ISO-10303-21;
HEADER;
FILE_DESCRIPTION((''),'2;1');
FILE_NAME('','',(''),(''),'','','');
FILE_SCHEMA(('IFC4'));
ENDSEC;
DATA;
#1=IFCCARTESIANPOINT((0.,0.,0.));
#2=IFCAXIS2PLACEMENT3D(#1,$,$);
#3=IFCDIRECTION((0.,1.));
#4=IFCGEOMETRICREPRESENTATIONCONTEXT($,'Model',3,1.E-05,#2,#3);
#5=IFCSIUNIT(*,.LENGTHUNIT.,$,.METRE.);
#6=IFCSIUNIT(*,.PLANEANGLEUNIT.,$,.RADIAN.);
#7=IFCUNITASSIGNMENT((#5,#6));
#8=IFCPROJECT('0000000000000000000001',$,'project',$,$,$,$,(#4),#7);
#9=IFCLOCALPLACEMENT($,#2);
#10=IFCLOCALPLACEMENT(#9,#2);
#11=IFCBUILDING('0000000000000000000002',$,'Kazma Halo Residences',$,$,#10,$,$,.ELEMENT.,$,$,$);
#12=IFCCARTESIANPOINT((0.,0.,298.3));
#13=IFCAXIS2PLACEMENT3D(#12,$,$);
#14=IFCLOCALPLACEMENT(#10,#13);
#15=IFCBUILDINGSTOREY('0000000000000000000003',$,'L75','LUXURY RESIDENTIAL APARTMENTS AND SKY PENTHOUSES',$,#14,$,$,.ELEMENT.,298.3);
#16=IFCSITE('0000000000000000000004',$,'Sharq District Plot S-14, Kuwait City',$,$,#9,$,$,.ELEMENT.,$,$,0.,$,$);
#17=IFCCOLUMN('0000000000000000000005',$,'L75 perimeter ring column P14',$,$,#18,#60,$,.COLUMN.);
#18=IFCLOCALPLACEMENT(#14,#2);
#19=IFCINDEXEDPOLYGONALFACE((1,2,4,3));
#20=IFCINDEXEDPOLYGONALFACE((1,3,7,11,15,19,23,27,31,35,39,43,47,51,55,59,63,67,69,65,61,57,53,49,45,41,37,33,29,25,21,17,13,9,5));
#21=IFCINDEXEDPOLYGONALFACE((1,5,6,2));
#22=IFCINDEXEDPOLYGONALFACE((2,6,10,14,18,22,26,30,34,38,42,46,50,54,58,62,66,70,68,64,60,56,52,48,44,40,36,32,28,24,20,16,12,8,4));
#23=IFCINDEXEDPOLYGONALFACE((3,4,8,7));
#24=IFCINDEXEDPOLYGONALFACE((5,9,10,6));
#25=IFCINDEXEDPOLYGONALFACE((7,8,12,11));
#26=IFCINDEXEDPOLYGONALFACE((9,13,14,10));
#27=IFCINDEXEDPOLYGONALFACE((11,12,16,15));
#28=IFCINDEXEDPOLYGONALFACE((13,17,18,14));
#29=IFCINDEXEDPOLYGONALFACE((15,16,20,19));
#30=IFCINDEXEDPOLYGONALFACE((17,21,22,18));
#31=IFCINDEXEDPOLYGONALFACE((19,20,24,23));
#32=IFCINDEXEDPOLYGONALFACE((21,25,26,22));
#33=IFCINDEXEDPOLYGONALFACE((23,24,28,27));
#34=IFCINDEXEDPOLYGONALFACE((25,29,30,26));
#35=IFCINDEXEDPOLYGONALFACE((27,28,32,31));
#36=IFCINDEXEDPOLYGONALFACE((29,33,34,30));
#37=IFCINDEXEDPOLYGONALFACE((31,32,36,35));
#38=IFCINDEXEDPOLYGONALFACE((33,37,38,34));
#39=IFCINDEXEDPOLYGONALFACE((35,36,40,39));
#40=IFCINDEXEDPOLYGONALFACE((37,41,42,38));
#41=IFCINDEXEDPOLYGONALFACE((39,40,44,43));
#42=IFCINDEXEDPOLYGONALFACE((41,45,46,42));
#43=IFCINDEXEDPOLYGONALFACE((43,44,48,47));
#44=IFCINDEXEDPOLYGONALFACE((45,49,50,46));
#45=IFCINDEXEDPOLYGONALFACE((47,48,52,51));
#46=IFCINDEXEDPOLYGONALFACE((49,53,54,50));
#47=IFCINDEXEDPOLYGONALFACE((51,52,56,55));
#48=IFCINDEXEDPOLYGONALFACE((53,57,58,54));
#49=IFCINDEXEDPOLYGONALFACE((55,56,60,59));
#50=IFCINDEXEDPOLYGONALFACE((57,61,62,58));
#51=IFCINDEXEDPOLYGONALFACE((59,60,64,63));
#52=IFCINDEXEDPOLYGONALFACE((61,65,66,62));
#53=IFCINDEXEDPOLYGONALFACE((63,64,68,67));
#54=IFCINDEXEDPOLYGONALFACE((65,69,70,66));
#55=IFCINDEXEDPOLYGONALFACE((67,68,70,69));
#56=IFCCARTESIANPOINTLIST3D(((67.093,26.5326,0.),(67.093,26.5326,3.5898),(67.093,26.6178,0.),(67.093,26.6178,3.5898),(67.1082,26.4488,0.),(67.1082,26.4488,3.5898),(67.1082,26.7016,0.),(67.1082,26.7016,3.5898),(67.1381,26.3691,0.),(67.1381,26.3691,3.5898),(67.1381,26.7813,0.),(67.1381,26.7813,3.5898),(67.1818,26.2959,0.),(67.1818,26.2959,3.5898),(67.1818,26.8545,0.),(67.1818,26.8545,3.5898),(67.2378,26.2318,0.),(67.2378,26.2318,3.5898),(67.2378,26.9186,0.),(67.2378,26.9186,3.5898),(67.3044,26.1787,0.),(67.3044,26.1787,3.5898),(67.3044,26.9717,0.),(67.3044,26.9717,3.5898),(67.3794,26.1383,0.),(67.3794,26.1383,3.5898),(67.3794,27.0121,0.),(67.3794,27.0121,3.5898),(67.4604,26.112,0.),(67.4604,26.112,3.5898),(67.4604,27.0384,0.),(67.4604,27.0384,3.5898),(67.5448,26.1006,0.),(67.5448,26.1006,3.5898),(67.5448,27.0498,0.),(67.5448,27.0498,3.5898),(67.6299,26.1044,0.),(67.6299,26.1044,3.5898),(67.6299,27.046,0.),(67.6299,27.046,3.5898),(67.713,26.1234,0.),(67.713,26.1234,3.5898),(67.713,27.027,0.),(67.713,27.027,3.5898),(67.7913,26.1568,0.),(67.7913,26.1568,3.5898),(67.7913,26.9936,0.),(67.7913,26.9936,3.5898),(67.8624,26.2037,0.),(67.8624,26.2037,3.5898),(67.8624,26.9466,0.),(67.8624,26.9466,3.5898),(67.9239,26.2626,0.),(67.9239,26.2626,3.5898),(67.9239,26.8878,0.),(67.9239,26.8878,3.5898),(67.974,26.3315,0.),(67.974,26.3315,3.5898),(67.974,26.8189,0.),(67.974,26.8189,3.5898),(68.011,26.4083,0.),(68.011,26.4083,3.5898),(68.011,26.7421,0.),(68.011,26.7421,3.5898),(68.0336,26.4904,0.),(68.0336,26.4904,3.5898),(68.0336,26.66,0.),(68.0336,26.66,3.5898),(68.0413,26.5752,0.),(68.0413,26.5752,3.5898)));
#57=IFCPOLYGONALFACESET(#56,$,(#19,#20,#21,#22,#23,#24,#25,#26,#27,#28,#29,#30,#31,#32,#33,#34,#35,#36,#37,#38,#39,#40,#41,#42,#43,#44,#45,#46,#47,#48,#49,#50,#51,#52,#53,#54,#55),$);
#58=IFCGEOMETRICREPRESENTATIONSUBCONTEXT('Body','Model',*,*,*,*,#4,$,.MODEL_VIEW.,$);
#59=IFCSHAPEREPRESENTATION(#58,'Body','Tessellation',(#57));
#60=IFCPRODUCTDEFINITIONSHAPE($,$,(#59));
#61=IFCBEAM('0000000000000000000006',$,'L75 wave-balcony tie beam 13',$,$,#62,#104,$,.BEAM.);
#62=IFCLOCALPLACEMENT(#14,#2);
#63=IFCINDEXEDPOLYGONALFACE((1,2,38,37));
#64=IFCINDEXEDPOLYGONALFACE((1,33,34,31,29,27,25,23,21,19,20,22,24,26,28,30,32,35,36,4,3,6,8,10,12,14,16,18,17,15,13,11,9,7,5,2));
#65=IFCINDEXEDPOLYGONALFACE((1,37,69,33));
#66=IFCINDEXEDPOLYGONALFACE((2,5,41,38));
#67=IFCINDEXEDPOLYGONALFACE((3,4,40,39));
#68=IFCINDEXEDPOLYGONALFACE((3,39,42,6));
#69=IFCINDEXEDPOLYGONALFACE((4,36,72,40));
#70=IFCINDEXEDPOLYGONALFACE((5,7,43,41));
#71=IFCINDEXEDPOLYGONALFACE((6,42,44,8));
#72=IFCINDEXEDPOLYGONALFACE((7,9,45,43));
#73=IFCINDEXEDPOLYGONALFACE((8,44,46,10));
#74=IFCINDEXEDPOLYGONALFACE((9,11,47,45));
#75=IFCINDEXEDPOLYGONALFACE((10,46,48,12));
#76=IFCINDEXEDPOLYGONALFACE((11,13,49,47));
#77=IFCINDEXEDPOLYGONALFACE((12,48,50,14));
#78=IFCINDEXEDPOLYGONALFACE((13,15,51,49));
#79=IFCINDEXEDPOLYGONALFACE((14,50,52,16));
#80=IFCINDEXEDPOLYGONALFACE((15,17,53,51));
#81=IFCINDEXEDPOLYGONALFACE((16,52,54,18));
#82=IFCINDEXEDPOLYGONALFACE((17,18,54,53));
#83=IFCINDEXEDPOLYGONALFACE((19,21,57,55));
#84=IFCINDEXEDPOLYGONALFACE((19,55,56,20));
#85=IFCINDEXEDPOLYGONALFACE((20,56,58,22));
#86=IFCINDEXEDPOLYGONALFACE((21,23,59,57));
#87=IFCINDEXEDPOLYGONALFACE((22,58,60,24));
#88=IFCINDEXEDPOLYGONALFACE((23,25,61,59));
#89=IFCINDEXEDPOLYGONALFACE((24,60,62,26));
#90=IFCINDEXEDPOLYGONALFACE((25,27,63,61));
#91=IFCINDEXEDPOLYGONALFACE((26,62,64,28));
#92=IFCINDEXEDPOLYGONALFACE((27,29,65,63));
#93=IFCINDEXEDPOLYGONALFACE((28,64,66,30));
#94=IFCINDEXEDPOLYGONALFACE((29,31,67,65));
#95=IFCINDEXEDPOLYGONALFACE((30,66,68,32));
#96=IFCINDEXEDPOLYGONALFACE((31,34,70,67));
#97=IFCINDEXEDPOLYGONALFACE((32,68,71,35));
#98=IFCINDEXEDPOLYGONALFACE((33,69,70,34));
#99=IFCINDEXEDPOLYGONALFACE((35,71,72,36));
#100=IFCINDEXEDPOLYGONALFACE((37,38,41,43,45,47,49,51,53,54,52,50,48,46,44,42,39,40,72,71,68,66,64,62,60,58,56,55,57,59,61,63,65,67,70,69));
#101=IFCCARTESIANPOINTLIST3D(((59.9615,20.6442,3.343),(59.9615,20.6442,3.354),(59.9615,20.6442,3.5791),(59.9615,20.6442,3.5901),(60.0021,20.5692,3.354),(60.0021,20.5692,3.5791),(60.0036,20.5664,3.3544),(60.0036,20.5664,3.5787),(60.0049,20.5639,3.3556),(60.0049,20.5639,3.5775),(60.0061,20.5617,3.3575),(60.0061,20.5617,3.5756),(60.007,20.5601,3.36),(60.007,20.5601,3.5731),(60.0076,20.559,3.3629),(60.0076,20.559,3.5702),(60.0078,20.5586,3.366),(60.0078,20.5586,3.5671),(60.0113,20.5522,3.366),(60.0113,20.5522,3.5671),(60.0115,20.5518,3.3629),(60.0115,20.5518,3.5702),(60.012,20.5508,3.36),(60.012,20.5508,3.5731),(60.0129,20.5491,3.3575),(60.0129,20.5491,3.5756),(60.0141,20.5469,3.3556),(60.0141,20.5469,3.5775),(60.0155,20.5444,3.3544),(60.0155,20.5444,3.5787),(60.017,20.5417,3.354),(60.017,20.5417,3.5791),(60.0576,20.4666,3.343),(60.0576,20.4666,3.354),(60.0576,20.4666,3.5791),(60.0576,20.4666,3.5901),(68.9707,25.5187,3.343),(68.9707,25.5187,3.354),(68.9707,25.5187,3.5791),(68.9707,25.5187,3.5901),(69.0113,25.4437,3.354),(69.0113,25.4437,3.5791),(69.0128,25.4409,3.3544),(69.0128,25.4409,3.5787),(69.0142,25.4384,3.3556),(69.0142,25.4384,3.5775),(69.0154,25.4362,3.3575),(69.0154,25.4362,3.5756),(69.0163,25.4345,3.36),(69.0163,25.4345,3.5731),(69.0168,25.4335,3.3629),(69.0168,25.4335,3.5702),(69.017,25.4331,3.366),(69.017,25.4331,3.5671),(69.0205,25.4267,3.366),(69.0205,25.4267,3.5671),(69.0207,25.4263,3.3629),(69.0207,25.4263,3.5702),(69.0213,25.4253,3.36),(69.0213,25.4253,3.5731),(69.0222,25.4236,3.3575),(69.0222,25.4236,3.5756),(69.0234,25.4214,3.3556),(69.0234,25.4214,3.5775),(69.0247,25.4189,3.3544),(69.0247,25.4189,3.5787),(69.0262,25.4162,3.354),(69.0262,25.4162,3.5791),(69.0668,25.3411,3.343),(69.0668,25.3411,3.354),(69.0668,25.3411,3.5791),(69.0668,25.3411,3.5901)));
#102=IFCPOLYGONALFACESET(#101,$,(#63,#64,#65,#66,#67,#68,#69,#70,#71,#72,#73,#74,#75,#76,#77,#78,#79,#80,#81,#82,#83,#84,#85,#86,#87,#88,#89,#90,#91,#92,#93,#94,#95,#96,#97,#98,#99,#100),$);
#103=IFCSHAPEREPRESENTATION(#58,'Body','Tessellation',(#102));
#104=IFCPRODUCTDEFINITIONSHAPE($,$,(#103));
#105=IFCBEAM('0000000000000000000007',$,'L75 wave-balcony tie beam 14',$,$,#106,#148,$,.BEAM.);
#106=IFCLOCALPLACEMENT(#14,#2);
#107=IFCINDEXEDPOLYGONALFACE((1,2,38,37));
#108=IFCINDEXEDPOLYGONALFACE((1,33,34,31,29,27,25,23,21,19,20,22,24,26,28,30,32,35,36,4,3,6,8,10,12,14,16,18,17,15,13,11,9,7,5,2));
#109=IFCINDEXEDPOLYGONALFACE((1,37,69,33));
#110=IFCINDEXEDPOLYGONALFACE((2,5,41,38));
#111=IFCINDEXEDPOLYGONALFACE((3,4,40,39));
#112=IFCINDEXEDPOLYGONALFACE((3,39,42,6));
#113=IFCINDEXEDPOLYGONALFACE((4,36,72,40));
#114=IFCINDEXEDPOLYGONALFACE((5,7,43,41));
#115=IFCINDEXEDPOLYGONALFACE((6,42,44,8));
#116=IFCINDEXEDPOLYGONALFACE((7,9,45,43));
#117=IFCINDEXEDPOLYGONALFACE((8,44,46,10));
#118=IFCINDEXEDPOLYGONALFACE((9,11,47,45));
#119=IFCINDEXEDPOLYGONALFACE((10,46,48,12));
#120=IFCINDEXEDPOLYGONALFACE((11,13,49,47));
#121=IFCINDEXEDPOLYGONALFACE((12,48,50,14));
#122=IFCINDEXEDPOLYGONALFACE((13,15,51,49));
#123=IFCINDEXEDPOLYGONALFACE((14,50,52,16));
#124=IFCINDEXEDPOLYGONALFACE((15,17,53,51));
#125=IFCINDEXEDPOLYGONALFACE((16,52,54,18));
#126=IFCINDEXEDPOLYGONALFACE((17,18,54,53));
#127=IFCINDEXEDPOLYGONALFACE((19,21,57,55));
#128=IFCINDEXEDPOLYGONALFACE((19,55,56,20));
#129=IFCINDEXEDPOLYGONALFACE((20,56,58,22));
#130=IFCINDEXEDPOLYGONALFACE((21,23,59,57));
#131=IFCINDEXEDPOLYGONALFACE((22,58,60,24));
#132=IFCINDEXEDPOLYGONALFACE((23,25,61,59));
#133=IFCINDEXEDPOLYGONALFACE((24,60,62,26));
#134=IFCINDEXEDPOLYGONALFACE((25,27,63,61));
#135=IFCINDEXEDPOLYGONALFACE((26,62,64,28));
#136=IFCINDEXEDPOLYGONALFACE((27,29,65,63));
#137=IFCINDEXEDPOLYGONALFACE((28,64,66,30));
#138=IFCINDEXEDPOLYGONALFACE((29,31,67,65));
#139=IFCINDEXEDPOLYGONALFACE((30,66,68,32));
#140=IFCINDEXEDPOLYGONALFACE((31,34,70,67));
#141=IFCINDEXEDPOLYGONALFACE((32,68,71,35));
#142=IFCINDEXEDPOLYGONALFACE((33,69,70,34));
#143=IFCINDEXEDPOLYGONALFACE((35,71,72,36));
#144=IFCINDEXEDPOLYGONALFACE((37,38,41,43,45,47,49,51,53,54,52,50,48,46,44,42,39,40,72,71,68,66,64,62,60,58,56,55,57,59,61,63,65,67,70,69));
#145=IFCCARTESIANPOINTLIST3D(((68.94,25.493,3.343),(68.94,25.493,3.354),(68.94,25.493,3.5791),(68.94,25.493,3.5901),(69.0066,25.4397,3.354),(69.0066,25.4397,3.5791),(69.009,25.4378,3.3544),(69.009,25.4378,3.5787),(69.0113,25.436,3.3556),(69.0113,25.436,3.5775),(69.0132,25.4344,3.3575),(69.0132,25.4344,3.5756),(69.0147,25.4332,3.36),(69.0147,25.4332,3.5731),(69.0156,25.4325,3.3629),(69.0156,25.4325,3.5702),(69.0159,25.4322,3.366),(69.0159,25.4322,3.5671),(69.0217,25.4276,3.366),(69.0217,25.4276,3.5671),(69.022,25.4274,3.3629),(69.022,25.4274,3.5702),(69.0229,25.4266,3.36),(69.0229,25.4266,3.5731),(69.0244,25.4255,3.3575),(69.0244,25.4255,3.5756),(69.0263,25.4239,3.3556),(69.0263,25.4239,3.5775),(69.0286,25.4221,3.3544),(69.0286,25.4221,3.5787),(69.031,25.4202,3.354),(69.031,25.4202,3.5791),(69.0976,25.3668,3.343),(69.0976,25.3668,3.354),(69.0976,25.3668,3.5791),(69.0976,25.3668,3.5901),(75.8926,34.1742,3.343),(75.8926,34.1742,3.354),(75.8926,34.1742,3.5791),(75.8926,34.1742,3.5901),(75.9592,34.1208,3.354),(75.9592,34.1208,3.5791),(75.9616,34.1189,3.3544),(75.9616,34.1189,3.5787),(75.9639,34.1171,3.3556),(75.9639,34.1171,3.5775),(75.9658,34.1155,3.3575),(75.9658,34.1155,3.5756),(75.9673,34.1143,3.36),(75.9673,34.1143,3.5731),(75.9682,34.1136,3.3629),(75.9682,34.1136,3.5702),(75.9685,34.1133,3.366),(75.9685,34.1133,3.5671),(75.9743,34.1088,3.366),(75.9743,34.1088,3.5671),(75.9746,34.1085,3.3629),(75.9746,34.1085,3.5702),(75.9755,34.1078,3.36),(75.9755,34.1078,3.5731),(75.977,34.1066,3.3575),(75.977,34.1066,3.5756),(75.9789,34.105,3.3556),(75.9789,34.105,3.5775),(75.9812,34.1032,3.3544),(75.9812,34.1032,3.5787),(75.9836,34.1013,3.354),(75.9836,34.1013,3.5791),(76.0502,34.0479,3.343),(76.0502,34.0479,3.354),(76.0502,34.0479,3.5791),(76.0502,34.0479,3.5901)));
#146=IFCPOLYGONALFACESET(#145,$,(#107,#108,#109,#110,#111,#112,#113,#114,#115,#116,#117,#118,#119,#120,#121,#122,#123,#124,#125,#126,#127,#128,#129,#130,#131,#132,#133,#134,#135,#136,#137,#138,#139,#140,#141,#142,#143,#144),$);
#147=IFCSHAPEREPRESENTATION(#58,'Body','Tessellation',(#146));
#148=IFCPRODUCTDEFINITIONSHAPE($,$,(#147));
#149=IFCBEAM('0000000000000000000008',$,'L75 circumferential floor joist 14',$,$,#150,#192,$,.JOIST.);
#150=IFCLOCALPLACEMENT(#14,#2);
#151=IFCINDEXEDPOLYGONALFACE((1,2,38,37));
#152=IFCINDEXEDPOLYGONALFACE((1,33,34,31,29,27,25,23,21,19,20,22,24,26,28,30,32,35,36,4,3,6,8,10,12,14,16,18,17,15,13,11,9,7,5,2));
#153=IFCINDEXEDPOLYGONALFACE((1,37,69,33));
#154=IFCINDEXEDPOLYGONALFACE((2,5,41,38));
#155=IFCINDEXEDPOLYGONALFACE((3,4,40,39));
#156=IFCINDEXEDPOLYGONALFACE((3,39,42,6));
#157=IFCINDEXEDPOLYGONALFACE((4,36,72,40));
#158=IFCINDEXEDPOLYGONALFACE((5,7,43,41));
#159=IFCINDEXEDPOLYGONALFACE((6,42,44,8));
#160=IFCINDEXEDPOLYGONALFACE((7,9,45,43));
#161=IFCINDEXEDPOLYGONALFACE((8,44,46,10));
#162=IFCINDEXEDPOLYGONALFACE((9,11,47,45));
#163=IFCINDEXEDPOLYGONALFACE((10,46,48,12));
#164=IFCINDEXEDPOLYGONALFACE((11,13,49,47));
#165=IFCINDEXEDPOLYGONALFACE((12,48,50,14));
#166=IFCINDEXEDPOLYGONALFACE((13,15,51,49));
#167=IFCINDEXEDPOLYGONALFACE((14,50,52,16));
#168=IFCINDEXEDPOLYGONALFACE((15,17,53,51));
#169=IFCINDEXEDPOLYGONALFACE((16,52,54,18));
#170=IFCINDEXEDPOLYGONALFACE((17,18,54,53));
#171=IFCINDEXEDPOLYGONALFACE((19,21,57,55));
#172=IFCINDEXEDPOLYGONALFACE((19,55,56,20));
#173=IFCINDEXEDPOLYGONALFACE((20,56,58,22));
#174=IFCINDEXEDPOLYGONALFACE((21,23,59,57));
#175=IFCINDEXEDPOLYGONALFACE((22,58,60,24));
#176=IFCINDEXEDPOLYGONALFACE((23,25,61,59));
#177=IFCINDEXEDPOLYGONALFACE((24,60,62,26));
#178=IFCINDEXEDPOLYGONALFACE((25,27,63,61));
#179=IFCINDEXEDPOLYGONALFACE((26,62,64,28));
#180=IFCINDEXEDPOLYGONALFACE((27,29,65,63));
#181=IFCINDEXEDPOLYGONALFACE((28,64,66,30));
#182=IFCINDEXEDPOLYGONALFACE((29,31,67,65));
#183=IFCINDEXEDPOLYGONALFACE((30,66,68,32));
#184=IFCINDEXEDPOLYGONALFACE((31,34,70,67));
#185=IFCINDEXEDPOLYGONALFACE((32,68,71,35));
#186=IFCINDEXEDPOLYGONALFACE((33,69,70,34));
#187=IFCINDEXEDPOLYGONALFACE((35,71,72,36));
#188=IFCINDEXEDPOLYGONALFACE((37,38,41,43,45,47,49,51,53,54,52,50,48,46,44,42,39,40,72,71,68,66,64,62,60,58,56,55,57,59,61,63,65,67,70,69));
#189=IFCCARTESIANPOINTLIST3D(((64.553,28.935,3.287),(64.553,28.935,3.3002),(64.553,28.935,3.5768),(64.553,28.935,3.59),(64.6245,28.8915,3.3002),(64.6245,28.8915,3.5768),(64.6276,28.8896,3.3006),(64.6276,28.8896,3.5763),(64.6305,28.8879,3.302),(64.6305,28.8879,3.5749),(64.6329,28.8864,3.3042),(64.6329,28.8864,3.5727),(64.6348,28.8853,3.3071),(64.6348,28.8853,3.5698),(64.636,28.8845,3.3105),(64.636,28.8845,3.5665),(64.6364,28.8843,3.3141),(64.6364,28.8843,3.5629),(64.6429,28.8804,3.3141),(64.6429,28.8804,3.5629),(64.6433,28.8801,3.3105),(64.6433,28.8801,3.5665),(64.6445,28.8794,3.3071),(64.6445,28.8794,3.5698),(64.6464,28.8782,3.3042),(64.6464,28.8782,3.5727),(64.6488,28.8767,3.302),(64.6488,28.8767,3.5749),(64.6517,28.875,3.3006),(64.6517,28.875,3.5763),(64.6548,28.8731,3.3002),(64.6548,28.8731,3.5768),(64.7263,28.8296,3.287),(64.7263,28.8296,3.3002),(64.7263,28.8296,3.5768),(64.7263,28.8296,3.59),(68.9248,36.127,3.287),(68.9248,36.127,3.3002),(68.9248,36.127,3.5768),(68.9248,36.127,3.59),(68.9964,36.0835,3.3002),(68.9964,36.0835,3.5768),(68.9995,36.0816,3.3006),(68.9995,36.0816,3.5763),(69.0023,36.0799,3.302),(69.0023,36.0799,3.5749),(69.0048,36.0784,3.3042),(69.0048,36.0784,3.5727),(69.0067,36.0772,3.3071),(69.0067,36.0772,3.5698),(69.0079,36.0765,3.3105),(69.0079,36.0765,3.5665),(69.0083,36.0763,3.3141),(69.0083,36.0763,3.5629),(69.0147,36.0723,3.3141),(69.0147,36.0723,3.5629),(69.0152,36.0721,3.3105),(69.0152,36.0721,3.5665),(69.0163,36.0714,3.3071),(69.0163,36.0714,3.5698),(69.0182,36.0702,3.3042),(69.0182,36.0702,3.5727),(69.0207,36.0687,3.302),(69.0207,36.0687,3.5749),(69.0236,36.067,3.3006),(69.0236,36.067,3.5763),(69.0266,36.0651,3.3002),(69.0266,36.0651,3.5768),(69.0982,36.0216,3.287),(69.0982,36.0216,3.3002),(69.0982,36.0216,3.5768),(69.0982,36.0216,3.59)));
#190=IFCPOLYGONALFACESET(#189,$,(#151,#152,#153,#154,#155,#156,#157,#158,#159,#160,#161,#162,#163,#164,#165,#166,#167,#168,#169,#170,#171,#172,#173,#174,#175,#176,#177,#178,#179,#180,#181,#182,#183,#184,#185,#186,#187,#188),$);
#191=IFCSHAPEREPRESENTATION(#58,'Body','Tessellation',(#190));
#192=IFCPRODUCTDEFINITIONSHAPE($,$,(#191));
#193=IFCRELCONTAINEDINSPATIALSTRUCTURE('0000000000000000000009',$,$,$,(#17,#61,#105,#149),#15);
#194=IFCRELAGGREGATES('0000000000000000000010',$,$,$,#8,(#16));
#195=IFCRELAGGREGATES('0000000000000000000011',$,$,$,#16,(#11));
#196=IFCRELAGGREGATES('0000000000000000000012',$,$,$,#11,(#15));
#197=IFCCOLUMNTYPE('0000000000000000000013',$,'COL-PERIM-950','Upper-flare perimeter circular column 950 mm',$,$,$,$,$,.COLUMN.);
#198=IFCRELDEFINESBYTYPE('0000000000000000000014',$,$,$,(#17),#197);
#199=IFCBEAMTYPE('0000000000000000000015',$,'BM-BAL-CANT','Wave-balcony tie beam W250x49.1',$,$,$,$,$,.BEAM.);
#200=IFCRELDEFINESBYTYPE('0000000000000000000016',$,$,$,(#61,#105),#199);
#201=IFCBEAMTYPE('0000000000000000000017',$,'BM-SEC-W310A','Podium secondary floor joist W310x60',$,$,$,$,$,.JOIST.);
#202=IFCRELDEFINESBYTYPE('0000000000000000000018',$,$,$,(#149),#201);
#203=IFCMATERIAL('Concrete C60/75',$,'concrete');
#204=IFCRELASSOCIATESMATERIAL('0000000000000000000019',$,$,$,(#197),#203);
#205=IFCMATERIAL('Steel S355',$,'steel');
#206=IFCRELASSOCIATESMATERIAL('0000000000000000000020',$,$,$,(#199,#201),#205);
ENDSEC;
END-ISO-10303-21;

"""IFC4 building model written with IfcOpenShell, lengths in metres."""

from ifc_helpers import new_model, si_unit, direction, frame, origin, origin_2d, place, context, subcontext, project, spatial, circle, i_section, extrude, material, material_profile, profile_set, type_object, element, save


model = new_model("IFC4")

# Units and contexts
model_context = context("Model", 3, precision=1e-05, world=origin(), true_north=direction((0.0, 1.0)))
body_context = subcontext(model_context, "Body", "Model", "MODEL_VIEW")
ifc_project = project(units=[si_unit("LENGTHUNIT", "METRE"), si_unit("PLANEANGLEUNIT", "RADIAN")], contexts=[model_context])

# Site, building, storey
site_placement = place(None, origin())
site = spatial("IfcSite", under=ifc_project, at=site_placement, Name="Sharq District Plot S-14, Kuwait City", CompositionType="ELEMENT", RefElevation=0.0)
building_placement = place(site_placement, origin())
building = spatial("IfcBuilding", under=site, at=building_placement, Name="Kazma Halo Residences", CompositionType="ELEMENT")
storey_placement = place(building_placement, frame((0.0, 0.0, 298.3)))
storey = spatial("IfcBuildingStorey", under=building, at=storey_placement, Name="L75", Description="LUXURY RESIDENTIAL APARTMENTS AND SKY PENTHOUSES", CompositionType="ELEMENT", Elevation=298.3)

# Column
ifc_material_1 = material(Name="Concrete C60/75", Category="concrete")
ifc_material_profile_1 = material_profile(ifc_material_1, circle(Radius=0.4751, at=origin_2d()), Name="CIRC950")
ifc_profile_set_1 = profile_set([ifc_material_profile_1], Name="Concrete C60/75")
column_type = type_object("IfcColumnType", Name="COL-PERIM-950", Description="Upper-flare perimeter circular column 950 mm", PredefinedType="COLUMN", material=ifc_profile_set_1)
column_placement = place(storey_placement, frame((67.5662, 26.5752, 0.0), z_axis=(0.0, 0.0, 1.0), x_axis=(1.0, 0.0, 0.0)))
element("IfcColumn", 1, at=column_placement, inside=storey, type_object=column_type, Name="L75 perimeter ring column P14", PredefinedType="COLUMN", context=body_context, shape_type="SweptSolid", body=[
    extrude(circle(Radius=0.4751, at=origin_2d()), origin(), (0.0, 0.0, 1.0), 3.5898),
])

# Beams
ifc_material_2 = material(Name="Steel S355", Category="steel")
ifc_material_profile_2 = material_profile(ifc_material_2, i_section(OverallWidth=0.2019, OverallDepth=0.2471, WebThickness=0.0073, FlangeThickness=0.011, FilletRadius=0.012, at=origin_2d()), Name="W250x49.1")
ifc_profile_set_2 = profile_set([ifc_material_profile_2], Name="Steel S355")
beam_type_1 = type_object("IfcBeamType", Name="BM-BAL-CANT", Description="Wave-balcony tie beam W250x49.1", PredefinedType="BEAM", material=ifc_profile_set_2)
beam_1_placement = place(storey_placement, frame((60.0095, 20.5554, 3.4666), z_axis=(0.879517, 0.475867, 0.0), x_axis=(-0.475867, 0.879517, 0.0)))
element("IfcBeam", 2, at=beam_1_placement, inside=storey, type_object=beam_type_1, Name="L75 wave-balcony tie beam 13", PredefinedType="BEAM", context=body_context, shape_type="SweptSolid", body=[
    extrude(i_section(OverallWidth=0.2019, OverallDepth=0.2471, WebThickness=0.0073, FlangeThickness=0.011, FilletRadius=0.012, at=origin_2d()), origin(), (0.0, 0.0, 1.0), 10.2434),
])
beam_2_placement = place(storey_placement, frame((69.0188, 25.4299, 3.4666), z_axis=(0.625118, 0.78053, 0.0), x_axis=(-0.78053, 0.625118, 0.0)))
element("IfcBeam", 3, at=beam_2_placement, inside=storey, type_object=beam_type_1, Name="L75 wave-balcony tie beam 14", PredefinedType="BEAM", context=body_context, shape_type="SweptSolid", body=[
    extrude(i_section(OverallWidth=0.2019, OverallDepth=0.2471, WebThickness=0.0073, FlangeThickness=0.011, FilletRadius=0.012, at=origin_2d()), origin(), (0.0, 0.0, 1.0), 11.1221),
])
ifc_material_profile_3 = material_profile(ifc_material_2, i_section(OverallWidth=0.2029, OverallDepth=0.303, WebThickness=0.0076, FlangeThickness=0.0132, FilletRadius=0.0139, at=origin_2d()), Name="W310x60")
ifc_profile_set_3 = profile_set([ifc_material_profile_3], Name="Steel S355")
beam_type_2 = type_object("IfcBeamType", Name="BM-SEC-W310A", Description="Podium secondary floor joist W310x60", PredefinedType="JOIST", material=ifc_profile_set_3)
beam_3_placement = place(storey_placement, frame((64.6396, 28.8823, 3.4385), z_axis=(0.51944, 0.854507, 0.0), x_axis=(-0.854507, 0.51944, 0.0)))
element("IfcBeam", 4, at=beam_3_placement, inside=storey, type_object=beam_type_2, Name="L75 circumferential floor joist 14", PredefinedType="JOIST", context=body_context, shape_type="SweptSolid", body=[
    extrude(i_section(OverallWidth=0.2029, OverallDepth=0.303, WebThickness=0.0076, FlangeThickness=0.0132, FilletRadius=0.0139, at=origin_2d()), origin(), (0.0, 0.0, 1.0), 8.4165),
])

save(model, "model.ifc")
